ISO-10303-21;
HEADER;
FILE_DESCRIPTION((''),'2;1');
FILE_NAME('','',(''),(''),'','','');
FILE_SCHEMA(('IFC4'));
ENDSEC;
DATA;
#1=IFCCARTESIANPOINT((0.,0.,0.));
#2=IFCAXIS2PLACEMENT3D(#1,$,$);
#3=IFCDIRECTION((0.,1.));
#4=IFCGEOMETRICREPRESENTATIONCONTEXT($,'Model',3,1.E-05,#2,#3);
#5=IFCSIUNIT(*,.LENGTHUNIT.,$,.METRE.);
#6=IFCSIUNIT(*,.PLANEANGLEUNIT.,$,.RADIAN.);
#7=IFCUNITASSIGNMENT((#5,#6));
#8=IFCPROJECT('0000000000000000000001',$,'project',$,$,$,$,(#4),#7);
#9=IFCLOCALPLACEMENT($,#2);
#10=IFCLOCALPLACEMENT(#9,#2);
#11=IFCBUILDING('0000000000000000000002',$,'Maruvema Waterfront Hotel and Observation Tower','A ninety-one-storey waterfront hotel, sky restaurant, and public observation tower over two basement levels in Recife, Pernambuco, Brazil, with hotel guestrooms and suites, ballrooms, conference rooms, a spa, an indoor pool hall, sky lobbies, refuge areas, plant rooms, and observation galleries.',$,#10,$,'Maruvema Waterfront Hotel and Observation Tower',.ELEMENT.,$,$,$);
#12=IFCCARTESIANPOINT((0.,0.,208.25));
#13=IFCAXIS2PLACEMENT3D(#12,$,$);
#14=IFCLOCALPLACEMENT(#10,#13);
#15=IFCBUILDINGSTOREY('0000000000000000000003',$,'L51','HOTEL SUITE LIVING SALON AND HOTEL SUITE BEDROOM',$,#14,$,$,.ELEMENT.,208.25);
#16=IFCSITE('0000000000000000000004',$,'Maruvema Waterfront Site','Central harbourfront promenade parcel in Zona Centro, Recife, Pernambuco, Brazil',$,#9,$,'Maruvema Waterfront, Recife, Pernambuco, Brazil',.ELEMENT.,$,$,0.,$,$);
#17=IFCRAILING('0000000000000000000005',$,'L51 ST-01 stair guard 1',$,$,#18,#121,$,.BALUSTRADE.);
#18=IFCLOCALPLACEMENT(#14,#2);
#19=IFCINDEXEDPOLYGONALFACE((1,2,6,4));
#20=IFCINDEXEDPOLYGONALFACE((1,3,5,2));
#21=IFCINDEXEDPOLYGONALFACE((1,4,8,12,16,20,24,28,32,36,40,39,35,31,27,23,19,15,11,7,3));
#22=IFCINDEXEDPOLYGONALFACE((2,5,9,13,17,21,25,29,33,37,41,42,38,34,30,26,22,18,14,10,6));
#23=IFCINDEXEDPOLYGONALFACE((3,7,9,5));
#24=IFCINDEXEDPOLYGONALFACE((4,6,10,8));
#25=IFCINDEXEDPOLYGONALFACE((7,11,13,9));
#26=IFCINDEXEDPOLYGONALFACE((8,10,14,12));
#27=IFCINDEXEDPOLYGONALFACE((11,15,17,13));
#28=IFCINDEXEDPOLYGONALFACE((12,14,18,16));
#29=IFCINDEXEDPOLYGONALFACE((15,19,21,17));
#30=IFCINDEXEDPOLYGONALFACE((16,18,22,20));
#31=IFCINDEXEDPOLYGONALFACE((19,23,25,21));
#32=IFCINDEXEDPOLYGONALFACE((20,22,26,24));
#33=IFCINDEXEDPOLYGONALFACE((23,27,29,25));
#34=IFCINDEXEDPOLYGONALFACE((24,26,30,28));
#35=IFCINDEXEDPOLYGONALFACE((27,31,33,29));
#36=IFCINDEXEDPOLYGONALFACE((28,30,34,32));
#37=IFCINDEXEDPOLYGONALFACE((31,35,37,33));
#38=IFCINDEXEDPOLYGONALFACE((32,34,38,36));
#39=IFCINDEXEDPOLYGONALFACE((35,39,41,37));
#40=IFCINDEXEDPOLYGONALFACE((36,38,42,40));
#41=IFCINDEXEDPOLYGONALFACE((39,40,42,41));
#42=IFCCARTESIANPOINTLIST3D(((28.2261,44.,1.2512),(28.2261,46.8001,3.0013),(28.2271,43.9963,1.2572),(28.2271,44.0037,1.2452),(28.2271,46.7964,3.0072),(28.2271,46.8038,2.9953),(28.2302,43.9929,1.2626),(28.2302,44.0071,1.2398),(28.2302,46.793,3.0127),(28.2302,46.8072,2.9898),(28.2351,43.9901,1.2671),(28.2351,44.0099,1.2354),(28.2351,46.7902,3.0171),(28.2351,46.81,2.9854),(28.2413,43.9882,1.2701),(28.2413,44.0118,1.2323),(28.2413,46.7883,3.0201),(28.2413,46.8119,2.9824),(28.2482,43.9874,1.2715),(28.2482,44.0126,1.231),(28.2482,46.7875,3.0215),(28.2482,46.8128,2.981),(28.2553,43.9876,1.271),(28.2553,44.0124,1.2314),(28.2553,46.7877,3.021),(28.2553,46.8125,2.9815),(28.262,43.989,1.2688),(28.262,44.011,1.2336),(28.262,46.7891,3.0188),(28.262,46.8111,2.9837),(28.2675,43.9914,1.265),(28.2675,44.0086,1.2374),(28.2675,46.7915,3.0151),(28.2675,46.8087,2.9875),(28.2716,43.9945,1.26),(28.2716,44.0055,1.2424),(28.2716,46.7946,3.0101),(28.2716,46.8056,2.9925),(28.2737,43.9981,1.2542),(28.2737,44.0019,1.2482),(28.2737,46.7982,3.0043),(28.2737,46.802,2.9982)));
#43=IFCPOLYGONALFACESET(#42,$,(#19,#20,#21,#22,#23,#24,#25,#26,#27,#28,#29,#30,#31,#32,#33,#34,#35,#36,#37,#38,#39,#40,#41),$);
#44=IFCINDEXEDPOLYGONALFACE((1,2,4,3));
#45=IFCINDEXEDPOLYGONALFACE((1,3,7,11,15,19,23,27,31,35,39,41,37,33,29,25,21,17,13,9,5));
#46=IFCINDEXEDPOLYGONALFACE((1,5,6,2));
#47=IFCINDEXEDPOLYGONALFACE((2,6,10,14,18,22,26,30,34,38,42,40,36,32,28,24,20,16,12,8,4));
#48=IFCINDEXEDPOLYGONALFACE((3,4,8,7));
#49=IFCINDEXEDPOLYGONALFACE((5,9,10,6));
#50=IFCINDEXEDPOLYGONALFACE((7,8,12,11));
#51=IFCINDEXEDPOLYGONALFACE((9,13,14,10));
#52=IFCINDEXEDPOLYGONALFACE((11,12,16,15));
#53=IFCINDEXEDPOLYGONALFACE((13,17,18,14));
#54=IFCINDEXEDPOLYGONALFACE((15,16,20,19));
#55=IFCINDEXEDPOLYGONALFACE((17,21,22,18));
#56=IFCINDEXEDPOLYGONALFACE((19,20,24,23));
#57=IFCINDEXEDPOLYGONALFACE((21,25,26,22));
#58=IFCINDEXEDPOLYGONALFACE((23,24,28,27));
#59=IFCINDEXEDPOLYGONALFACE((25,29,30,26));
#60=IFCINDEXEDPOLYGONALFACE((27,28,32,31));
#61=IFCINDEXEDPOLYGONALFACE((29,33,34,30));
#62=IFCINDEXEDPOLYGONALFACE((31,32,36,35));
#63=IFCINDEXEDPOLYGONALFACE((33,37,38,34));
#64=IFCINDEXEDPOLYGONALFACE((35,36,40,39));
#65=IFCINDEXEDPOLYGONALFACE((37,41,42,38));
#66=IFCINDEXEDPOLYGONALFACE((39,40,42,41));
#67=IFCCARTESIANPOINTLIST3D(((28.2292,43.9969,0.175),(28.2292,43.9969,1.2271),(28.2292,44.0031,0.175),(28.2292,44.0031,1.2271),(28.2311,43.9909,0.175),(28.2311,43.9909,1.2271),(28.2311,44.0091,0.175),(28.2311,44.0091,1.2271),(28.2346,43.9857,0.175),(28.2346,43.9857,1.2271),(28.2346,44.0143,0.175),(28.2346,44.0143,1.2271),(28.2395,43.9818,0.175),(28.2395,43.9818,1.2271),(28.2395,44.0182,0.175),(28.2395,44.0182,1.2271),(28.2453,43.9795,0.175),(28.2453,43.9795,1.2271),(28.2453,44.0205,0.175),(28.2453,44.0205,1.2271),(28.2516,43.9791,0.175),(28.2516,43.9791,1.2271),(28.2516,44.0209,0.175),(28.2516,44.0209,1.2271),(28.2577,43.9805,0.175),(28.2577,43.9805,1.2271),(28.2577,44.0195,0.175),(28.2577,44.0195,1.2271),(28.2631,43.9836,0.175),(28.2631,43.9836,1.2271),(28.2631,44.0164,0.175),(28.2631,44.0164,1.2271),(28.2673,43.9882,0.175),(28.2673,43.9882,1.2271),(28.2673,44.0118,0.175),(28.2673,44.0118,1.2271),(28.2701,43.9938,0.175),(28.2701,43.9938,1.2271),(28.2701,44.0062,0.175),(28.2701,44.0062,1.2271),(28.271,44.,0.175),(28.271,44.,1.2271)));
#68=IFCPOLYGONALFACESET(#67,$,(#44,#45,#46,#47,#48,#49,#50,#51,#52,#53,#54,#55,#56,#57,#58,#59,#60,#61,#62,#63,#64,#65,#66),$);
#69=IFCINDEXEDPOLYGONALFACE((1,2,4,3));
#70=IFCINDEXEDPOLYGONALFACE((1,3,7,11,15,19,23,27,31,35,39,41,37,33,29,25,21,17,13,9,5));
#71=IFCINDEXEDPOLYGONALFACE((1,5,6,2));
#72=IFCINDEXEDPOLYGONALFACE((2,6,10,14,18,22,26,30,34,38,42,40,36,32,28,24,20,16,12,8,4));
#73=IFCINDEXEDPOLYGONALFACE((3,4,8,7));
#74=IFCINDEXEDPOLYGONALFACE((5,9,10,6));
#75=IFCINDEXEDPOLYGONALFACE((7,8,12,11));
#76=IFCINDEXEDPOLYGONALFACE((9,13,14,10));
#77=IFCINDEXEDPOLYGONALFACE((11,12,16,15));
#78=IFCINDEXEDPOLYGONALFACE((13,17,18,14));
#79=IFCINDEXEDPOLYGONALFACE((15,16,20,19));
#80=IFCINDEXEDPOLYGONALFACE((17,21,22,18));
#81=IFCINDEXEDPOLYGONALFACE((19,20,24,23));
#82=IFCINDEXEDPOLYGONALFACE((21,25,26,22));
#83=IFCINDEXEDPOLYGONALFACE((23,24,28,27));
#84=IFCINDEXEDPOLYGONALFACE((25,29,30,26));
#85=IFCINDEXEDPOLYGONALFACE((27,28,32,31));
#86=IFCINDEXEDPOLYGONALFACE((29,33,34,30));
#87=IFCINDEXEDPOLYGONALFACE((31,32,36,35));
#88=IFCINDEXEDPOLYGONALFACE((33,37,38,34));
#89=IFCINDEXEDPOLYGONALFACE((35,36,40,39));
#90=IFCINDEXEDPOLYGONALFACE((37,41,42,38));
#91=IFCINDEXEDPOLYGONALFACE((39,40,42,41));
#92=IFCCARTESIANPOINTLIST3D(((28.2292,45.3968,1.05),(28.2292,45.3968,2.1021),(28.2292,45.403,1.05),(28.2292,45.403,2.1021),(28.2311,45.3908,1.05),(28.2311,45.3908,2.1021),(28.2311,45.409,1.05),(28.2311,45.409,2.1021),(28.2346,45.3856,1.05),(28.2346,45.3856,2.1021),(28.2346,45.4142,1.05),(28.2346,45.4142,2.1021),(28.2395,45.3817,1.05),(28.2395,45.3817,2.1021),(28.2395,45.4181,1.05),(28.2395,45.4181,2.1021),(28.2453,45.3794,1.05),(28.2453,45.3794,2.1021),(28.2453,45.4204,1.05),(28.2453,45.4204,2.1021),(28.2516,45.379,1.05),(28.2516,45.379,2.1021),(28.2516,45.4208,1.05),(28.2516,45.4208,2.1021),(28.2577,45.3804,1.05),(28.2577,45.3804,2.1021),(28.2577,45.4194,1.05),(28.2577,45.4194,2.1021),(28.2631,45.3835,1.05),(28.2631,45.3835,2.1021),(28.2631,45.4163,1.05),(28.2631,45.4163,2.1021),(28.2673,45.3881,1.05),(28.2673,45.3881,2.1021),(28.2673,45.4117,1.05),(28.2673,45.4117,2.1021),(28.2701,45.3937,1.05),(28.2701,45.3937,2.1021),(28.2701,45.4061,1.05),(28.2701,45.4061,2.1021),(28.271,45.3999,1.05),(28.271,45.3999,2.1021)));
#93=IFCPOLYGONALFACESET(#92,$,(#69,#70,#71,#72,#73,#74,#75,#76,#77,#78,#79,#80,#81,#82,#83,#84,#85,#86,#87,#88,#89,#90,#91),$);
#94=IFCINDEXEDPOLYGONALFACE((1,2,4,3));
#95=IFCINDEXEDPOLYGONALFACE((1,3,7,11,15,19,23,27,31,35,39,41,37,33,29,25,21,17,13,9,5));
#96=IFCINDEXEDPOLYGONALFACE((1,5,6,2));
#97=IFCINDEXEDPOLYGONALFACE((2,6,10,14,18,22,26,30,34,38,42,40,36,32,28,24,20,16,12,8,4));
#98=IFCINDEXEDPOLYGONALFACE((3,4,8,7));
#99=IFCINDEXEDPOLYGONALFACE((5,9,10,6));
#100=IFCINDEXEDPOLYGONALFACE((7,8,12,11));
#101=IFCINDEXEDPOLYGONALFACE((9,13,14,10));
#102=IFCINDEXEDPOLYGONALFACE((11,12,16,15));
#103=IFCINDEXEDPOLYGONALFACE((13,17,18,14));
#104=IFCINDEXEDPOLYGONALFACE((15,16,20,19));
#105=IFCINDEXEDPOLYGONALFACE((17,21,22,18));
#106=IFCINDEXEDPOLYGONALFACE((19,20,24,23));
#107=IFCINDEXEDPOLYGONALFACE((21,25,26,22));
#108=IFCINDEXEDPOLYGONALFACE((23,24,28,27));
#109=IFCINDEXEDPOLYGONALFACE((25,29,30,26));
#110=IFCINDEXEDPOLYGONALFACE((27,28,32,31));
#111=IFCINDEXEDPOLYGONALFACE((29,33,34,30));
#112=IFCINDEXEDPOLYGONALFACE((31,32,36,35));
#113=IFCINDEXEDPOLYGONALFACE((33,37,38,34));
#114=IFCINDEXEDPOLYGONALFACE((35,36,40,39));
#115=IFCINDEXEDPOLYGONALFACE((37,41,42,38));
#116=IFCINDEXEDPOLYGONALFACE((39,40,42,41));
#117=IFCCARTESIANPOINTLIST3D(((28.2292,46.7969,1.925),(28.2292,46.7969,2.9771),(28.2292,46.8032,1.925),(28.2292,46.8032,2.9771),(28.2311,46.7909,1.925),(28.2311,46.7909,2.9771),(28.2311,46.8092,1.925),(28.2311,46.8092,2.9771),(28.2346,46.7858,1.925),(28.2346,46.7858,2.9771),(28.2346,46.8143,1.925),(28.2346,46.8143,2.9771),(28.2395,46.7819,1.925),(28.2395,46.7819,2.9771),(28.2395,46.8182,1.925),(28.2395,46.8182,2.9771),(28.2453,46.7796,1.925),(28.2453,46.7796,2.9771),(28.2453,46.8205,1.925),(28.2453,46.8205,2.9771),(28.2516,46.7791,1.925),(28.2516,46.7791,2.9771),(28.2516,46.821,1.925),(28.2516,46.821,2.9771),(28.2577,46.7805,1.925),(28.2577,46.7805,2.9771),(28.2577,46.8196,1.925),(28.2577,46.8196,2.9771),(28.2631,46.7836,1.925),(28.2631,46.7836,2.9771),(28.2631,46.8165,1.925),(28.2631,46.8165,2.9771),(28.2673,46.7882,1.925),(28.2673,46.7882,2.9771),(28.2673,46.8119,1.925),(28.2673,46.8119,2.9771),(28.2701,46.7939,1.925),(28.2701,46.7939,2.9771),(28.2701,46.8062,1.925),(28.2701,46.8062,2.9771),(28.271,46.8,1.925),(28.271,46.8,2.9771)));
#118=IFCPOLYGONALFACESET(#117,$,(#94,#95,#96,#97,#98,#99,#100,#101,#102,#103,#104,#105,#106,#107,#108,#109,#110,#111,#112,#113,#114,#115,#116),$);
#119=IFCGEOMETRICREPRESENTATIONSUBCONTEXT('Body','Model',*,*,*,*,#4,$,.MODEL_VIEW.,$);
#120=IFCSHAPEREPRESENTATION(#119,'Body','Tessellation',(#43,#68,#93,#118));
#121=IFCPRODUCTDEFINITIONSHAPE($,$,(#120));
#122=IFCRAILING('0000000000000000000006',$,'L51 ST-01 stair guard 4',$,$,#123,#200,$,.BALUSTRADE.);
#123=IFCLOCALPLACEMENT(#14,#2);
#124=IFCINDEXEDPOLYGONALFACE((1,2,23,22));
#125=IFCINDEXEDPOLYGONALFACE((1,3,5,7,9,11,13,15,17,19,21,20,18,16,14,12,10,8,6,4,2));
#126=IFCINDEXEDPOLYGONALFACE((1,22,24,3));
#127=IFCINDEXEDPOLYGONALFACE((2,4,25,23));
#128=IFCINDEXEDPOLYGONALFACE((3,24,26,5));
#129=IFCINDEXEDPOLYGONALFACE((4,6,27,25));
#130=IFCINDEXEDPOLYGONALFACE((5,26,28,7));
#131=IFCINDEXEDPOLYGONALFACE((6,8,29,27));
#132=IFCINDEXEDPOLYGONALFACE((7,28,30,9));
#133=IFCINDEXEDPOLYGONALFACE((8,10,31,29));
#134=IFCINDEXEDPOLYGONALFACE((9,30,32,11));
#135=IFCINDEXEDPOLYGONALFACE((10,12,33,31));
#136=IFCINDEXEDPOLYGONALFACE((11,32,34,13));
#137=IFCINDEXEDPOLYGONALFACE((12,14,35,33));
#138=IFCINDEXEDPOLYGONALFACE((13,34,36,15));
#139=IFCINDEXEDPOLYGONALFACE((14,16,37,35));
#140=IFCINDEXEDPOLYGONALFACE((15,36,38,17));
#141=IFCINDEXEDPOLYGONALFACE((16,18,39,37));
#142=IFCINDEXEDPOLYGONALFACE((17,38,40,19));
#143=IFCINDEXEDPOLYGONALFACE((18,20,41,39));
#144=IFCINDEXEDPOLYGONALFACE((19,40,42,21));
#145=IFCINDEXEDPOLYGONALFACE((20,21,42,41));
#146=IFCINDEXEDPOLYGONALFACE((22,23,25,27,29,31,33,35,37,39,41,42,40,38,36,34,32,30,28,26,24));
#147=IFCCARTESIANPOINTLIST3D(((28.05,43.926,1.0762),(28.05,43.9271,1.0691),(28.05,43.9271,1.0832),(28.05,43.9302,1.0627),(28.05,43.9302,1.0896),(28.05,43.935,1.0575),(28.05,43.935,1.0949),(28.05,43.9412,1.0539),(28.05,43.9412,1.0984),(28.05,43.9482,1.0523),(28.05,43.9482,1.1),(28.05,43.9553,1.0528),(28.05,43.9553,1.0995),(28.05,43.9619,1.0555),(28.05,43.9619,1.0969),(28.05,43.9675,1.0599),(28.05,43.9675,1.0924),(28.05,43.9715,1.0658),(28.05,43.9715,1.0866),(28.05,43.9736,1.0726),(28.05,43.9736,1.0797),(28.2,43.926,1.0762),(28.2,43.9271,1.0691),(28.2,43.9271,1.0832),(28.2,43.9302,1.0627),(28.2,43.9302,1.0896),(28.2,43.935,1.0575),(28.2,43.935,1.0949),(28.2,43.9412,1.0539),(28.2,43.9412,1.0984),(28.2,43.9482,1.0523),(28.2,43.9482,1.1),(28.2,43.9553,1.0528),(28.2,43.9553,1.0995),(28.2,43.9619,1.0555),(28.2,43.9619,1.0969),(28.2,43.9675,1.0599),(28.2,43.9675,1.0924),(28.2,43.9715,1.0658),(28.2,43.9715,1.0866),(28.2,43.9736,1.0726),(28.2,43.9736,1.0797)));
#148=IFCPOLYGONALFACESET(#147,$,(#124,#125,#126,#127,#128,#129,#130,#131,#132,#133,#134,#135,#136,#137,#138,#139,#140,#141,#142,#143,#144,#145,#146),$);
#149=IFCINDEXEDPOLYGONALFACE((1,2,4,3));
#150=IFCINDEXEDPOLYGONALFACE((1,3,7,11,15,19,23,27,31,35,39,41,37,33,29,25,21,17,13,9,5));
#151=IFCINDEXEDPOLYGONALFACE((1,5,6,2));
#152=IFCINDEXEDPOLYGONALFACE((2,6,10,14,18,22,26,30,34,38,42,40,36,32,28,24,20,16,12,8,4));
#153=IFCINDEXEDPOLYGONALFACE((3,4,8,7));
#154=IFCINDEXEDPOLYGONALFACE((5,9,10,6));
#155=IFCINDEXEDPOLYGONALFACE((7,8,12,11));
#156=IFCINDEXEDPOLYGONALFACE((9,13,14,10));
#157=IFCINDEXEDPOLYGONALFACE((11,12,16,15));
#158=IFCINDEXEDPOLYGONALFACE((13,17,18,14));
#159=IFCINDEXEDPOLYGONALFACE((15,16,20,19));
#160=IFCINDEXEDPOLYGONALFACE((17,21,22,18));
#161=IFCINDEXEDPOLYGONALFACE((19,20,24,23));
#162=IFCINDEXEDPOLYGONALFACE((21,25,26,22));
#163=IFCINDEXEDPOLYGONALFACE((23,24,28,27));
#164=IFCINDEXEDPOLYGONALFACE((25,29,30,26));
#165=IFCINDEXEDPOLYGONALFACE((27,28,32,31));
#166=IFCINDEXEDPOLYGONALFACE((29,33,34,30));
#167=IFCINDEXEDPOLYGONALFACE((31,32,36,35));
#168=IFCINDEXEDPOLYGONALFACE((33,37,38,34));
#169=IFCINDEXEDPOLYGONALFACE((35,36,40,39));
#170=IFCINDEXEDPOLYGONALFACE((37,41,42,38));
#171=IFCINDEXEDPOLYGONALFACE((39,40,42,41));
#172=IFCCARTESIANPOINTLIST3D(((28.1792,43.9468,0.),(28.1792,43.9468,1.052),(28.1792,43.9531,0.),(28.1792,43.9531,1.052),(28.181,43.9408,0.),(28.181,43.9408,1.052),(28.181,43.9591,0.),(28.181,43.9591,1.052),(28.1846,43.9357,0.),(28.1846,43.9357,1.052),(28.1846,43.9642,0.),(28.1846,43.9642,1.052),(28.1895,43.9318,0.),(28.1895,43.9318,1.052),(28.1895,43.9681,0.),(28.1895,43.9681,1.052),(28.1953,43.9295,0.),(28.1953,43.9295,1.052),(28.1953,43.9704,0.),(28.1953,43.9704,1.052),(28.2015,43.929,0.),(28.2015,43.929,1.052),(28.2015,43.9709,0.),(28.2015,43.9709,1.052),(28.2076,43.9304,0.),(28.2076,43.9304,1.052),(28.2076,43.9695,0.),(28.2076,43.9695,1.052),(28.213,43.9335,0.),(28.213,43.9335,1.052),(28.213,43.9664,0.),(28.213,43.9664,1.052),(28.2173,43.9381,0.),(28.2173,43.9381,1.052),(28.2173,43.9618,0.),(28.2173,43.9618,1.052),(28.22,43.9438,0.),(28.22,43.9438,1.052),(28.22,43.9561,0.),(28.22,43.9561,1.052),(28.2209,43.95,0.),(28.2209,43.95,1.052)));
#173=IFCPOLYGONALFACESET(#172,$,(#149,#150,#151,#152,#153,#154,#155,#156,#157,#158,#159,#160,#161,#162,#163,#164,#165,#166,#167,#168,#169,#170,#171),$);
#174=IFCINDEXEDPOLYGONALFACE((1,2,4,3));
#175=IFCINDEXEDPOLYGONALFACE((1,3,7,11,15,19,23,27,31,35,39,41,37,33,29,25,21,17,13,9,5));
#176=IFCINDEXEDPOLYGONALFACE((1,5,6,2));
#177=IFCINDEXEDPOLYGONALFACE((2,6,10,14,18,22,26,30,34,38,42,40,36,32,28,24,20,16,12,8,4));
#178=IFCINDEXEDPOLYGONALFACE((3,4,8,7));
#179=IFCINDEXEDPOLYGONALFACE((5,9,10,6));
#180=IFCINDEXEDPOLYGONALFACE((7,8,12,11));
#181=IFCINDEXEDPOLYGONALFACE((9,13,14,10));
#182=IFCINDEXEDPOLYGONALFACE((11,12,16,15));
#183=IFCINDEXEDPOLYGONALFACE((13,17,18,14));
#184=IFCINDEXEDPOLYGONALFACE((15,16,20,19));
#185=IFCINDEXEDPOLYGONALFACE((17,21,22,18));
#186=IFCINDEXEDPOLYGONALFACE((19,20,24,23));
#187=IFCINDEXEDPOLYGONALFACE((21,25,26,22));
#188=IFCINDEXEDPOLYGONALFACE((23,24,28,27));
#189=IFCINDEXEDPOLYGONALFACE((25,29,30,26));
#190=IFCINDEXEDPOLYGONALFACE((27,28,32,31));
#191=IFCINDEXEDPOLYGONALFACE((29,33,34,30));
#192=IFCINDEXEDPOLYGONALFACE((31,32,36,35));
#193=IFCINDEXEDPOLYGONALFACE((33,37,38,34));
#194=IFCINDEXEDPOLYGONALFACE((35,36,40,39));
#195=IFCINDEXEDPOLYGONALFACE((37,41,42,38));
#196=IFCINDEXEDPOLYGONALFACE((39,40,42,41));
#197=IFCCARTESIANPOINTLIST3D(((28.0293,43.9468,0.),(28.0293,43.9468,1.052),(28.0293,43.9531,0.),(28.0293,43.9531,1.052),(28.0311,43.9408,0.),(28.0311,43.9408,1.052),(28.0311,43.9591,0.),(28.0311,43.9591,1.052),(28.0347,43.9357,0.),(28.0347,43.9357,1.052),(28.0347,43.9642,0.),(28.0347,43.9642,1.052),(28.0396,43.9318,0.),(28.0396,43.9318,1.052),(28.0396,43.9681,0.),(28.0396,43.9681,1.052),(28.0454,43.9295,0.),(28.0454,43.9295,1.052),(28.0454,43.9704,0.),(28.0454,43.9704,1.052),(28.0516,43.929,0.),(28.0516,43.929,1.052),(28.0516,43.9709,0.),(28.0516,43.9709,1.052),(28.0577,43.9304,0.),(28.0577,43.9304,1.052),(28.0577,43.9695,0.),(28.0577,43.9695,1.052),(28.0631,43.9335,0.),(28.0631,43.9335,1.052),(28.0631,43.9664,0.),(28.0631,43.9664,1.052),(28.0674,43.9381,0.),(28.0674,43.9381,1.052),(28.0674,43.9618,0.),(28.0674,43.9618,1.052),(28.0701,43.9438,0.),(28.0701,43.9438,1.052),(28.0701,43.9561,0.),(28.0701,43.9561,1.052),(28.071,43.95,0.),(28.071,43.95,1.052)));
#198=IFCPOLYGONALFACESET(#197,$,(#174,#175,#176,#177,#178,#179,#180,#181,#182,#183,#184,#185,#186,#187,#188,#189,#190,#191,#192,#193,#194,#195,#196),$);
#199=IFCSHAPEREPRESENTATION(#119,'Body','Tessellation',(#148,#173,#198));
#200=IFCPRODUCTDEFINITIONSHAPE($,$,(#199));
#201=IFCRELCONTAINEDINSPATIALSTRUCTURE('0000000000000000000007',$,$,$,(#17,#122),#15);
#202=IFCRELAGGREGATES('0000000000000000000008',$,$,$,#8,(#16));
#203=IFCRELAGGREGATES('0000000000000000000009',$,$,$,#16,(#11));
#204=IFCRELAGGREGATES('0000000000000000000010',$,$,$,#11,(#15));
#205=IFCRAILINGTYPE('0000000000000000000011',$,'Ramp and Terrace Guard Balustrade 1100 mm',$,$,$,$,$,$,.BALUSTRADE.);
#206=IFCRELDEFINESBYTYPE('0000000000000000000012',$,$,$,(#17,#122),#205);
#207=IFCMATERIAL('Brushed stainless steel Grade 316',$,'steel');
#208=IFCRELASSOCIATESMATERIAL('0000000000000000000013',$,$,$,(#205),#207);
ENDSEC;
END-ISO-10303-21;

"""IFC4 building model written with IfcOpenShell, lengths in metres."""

from ifc_helpers import new_model, si_unit, direction, frame, origin, origin_2d, place, context, subcontext, project, spatial, circle, extrude, material, type_object, element, save


model = new_model("IFC4")

# Units and contexts
model_context = context("Model", 3, precision=1e-05, world=origin(), true_north=direction((0.0, 1.0)))
body_context = subcontext(model_context, "Body", "Model", "MODEL_VIEW")
ifc_project = project(units=[si_unit("LENGTHUNIT", "METRE"), si_unit("PLANEANGLEUNIT", "RADIAN")], contexts=[model_context])

# Site, building, storey
site_placement = place(None, origin())
site = spatial("IfcSite", under=ifc_project, at=site_placement, Name="Maruvema Waterfront Site", Description="Central harbourfront promenade parcel in Zona Centro, Recife, Pernambuco, Brazil", LongName="Maruvema Waterfront, Recife, Pernambuco, Brazil", CompositionType="ELEMENT", RefElevation=0.0)
building_placement = place(site_placement, origin())
building = spatial("IfcBuilding", under=site, at=building_placement, Name="Maruvema Waterfront Hotel and Observation Tower", Description="A ninety-one-storey waterfront hotel, sky restaurant, and public observation tower over two basement levels in Recife, Pernambuco, Brazil, with hotel guestrooms and suites, ballrooms, conference rooms, a spa, an indoor pool hall, sky lobbies, refuge areas, plant rooms, and observation galleries.", LongName="Maruvema Waterfront Hotel and Observation Tower", CompositionType="ELEMENT")
storey_placement = place(building_placement, frame((0.0, 0.0, 208.25)))
storey = spatial("IfcBuildingStorey", under=building, at=storey_placement, Name="L51", Description="HOTEL SUITE LIVING SALON AND HOTEL SUITE BEDROOM", CompositionType="ELEMENT", Elevation=208.25)

# Railings
ifc_material_1 = material(Name="Brushed stainless steel Grade 316", Category="steel")
railing_type_1 = type_object("IfcRailingType", Name="Ramp and Terrace Guard Balustrade 1100 mm", PredefinedType="BALUSTRADE", material=ifc_material_1)
railing_1_placement = place(storey_placement, frame((28.25, 44.0, 0.175)))
element("IfcRailing", 1, at=railing_1_placement, inside=storey, type_object=railing_type_1, Name="L51 ST-01 stair guard 1", PredefinedType="BALUSTRADE", context=body_context, shape_type="SweptSolid", body=[
    extrude(circle(Radius=0.0239, at=origin_2d()), frame((0.0, 0.0, 1.0762), z_axis=(0.0, 0.848002, 0.529992), x_axis=(-1.0, 0.0, 0.0)), (0.0, 0.0, 1.0), 3.302),
    extrude(circle(Radius=0.021, at=origin_2d()), origin(), (0.0, 0.0, 1.0), 1.052),
    extrude(circle(Radius=0.021, at=origin_2d()), frame((0.0, 1.3999, 0.875)), (0.0, 0.0, 1.0), 1.052),
    extrude(circle(Radius=0.021, at=origin_2d()), frame((0.0, 2.8, 1.75)), (0.0, 0.0, 1.0), 1.052),
])
railing_2_placement = place(storey_placement, frame((28.2, 43.95, 0.0)))
element("IfcRailing", 2, at=railing_2_placement, inside=storey, type_object=railing_type_1, Name="L51 ST-01 stair guard 4", PredefinedType="BALUSTRADE", context=body_context, shape_type="SweptSolid", body=[
    extrude(circle(Radius=0.0239, at=origin_2d()), frame((0.0, 0.0, 1.0762), z_axis=(-1.0, 0.0, 0.0), x_axis=(0.0, -1.0, 0.0)), (0.0, 0.0, 1.0), 0.1499),
    extrude(circle(Radius=0.021, at=origin_2d()), origin(), (0.0, 0.0, 1.0), 1.052),
    extrude(circle(Radius=0.021, at=origin_2d()), frame((-0.1499, 0.0, 0.0)), (0.0, 0.0, 1.0), 1.052),
])

save(model, "model.ifc")
